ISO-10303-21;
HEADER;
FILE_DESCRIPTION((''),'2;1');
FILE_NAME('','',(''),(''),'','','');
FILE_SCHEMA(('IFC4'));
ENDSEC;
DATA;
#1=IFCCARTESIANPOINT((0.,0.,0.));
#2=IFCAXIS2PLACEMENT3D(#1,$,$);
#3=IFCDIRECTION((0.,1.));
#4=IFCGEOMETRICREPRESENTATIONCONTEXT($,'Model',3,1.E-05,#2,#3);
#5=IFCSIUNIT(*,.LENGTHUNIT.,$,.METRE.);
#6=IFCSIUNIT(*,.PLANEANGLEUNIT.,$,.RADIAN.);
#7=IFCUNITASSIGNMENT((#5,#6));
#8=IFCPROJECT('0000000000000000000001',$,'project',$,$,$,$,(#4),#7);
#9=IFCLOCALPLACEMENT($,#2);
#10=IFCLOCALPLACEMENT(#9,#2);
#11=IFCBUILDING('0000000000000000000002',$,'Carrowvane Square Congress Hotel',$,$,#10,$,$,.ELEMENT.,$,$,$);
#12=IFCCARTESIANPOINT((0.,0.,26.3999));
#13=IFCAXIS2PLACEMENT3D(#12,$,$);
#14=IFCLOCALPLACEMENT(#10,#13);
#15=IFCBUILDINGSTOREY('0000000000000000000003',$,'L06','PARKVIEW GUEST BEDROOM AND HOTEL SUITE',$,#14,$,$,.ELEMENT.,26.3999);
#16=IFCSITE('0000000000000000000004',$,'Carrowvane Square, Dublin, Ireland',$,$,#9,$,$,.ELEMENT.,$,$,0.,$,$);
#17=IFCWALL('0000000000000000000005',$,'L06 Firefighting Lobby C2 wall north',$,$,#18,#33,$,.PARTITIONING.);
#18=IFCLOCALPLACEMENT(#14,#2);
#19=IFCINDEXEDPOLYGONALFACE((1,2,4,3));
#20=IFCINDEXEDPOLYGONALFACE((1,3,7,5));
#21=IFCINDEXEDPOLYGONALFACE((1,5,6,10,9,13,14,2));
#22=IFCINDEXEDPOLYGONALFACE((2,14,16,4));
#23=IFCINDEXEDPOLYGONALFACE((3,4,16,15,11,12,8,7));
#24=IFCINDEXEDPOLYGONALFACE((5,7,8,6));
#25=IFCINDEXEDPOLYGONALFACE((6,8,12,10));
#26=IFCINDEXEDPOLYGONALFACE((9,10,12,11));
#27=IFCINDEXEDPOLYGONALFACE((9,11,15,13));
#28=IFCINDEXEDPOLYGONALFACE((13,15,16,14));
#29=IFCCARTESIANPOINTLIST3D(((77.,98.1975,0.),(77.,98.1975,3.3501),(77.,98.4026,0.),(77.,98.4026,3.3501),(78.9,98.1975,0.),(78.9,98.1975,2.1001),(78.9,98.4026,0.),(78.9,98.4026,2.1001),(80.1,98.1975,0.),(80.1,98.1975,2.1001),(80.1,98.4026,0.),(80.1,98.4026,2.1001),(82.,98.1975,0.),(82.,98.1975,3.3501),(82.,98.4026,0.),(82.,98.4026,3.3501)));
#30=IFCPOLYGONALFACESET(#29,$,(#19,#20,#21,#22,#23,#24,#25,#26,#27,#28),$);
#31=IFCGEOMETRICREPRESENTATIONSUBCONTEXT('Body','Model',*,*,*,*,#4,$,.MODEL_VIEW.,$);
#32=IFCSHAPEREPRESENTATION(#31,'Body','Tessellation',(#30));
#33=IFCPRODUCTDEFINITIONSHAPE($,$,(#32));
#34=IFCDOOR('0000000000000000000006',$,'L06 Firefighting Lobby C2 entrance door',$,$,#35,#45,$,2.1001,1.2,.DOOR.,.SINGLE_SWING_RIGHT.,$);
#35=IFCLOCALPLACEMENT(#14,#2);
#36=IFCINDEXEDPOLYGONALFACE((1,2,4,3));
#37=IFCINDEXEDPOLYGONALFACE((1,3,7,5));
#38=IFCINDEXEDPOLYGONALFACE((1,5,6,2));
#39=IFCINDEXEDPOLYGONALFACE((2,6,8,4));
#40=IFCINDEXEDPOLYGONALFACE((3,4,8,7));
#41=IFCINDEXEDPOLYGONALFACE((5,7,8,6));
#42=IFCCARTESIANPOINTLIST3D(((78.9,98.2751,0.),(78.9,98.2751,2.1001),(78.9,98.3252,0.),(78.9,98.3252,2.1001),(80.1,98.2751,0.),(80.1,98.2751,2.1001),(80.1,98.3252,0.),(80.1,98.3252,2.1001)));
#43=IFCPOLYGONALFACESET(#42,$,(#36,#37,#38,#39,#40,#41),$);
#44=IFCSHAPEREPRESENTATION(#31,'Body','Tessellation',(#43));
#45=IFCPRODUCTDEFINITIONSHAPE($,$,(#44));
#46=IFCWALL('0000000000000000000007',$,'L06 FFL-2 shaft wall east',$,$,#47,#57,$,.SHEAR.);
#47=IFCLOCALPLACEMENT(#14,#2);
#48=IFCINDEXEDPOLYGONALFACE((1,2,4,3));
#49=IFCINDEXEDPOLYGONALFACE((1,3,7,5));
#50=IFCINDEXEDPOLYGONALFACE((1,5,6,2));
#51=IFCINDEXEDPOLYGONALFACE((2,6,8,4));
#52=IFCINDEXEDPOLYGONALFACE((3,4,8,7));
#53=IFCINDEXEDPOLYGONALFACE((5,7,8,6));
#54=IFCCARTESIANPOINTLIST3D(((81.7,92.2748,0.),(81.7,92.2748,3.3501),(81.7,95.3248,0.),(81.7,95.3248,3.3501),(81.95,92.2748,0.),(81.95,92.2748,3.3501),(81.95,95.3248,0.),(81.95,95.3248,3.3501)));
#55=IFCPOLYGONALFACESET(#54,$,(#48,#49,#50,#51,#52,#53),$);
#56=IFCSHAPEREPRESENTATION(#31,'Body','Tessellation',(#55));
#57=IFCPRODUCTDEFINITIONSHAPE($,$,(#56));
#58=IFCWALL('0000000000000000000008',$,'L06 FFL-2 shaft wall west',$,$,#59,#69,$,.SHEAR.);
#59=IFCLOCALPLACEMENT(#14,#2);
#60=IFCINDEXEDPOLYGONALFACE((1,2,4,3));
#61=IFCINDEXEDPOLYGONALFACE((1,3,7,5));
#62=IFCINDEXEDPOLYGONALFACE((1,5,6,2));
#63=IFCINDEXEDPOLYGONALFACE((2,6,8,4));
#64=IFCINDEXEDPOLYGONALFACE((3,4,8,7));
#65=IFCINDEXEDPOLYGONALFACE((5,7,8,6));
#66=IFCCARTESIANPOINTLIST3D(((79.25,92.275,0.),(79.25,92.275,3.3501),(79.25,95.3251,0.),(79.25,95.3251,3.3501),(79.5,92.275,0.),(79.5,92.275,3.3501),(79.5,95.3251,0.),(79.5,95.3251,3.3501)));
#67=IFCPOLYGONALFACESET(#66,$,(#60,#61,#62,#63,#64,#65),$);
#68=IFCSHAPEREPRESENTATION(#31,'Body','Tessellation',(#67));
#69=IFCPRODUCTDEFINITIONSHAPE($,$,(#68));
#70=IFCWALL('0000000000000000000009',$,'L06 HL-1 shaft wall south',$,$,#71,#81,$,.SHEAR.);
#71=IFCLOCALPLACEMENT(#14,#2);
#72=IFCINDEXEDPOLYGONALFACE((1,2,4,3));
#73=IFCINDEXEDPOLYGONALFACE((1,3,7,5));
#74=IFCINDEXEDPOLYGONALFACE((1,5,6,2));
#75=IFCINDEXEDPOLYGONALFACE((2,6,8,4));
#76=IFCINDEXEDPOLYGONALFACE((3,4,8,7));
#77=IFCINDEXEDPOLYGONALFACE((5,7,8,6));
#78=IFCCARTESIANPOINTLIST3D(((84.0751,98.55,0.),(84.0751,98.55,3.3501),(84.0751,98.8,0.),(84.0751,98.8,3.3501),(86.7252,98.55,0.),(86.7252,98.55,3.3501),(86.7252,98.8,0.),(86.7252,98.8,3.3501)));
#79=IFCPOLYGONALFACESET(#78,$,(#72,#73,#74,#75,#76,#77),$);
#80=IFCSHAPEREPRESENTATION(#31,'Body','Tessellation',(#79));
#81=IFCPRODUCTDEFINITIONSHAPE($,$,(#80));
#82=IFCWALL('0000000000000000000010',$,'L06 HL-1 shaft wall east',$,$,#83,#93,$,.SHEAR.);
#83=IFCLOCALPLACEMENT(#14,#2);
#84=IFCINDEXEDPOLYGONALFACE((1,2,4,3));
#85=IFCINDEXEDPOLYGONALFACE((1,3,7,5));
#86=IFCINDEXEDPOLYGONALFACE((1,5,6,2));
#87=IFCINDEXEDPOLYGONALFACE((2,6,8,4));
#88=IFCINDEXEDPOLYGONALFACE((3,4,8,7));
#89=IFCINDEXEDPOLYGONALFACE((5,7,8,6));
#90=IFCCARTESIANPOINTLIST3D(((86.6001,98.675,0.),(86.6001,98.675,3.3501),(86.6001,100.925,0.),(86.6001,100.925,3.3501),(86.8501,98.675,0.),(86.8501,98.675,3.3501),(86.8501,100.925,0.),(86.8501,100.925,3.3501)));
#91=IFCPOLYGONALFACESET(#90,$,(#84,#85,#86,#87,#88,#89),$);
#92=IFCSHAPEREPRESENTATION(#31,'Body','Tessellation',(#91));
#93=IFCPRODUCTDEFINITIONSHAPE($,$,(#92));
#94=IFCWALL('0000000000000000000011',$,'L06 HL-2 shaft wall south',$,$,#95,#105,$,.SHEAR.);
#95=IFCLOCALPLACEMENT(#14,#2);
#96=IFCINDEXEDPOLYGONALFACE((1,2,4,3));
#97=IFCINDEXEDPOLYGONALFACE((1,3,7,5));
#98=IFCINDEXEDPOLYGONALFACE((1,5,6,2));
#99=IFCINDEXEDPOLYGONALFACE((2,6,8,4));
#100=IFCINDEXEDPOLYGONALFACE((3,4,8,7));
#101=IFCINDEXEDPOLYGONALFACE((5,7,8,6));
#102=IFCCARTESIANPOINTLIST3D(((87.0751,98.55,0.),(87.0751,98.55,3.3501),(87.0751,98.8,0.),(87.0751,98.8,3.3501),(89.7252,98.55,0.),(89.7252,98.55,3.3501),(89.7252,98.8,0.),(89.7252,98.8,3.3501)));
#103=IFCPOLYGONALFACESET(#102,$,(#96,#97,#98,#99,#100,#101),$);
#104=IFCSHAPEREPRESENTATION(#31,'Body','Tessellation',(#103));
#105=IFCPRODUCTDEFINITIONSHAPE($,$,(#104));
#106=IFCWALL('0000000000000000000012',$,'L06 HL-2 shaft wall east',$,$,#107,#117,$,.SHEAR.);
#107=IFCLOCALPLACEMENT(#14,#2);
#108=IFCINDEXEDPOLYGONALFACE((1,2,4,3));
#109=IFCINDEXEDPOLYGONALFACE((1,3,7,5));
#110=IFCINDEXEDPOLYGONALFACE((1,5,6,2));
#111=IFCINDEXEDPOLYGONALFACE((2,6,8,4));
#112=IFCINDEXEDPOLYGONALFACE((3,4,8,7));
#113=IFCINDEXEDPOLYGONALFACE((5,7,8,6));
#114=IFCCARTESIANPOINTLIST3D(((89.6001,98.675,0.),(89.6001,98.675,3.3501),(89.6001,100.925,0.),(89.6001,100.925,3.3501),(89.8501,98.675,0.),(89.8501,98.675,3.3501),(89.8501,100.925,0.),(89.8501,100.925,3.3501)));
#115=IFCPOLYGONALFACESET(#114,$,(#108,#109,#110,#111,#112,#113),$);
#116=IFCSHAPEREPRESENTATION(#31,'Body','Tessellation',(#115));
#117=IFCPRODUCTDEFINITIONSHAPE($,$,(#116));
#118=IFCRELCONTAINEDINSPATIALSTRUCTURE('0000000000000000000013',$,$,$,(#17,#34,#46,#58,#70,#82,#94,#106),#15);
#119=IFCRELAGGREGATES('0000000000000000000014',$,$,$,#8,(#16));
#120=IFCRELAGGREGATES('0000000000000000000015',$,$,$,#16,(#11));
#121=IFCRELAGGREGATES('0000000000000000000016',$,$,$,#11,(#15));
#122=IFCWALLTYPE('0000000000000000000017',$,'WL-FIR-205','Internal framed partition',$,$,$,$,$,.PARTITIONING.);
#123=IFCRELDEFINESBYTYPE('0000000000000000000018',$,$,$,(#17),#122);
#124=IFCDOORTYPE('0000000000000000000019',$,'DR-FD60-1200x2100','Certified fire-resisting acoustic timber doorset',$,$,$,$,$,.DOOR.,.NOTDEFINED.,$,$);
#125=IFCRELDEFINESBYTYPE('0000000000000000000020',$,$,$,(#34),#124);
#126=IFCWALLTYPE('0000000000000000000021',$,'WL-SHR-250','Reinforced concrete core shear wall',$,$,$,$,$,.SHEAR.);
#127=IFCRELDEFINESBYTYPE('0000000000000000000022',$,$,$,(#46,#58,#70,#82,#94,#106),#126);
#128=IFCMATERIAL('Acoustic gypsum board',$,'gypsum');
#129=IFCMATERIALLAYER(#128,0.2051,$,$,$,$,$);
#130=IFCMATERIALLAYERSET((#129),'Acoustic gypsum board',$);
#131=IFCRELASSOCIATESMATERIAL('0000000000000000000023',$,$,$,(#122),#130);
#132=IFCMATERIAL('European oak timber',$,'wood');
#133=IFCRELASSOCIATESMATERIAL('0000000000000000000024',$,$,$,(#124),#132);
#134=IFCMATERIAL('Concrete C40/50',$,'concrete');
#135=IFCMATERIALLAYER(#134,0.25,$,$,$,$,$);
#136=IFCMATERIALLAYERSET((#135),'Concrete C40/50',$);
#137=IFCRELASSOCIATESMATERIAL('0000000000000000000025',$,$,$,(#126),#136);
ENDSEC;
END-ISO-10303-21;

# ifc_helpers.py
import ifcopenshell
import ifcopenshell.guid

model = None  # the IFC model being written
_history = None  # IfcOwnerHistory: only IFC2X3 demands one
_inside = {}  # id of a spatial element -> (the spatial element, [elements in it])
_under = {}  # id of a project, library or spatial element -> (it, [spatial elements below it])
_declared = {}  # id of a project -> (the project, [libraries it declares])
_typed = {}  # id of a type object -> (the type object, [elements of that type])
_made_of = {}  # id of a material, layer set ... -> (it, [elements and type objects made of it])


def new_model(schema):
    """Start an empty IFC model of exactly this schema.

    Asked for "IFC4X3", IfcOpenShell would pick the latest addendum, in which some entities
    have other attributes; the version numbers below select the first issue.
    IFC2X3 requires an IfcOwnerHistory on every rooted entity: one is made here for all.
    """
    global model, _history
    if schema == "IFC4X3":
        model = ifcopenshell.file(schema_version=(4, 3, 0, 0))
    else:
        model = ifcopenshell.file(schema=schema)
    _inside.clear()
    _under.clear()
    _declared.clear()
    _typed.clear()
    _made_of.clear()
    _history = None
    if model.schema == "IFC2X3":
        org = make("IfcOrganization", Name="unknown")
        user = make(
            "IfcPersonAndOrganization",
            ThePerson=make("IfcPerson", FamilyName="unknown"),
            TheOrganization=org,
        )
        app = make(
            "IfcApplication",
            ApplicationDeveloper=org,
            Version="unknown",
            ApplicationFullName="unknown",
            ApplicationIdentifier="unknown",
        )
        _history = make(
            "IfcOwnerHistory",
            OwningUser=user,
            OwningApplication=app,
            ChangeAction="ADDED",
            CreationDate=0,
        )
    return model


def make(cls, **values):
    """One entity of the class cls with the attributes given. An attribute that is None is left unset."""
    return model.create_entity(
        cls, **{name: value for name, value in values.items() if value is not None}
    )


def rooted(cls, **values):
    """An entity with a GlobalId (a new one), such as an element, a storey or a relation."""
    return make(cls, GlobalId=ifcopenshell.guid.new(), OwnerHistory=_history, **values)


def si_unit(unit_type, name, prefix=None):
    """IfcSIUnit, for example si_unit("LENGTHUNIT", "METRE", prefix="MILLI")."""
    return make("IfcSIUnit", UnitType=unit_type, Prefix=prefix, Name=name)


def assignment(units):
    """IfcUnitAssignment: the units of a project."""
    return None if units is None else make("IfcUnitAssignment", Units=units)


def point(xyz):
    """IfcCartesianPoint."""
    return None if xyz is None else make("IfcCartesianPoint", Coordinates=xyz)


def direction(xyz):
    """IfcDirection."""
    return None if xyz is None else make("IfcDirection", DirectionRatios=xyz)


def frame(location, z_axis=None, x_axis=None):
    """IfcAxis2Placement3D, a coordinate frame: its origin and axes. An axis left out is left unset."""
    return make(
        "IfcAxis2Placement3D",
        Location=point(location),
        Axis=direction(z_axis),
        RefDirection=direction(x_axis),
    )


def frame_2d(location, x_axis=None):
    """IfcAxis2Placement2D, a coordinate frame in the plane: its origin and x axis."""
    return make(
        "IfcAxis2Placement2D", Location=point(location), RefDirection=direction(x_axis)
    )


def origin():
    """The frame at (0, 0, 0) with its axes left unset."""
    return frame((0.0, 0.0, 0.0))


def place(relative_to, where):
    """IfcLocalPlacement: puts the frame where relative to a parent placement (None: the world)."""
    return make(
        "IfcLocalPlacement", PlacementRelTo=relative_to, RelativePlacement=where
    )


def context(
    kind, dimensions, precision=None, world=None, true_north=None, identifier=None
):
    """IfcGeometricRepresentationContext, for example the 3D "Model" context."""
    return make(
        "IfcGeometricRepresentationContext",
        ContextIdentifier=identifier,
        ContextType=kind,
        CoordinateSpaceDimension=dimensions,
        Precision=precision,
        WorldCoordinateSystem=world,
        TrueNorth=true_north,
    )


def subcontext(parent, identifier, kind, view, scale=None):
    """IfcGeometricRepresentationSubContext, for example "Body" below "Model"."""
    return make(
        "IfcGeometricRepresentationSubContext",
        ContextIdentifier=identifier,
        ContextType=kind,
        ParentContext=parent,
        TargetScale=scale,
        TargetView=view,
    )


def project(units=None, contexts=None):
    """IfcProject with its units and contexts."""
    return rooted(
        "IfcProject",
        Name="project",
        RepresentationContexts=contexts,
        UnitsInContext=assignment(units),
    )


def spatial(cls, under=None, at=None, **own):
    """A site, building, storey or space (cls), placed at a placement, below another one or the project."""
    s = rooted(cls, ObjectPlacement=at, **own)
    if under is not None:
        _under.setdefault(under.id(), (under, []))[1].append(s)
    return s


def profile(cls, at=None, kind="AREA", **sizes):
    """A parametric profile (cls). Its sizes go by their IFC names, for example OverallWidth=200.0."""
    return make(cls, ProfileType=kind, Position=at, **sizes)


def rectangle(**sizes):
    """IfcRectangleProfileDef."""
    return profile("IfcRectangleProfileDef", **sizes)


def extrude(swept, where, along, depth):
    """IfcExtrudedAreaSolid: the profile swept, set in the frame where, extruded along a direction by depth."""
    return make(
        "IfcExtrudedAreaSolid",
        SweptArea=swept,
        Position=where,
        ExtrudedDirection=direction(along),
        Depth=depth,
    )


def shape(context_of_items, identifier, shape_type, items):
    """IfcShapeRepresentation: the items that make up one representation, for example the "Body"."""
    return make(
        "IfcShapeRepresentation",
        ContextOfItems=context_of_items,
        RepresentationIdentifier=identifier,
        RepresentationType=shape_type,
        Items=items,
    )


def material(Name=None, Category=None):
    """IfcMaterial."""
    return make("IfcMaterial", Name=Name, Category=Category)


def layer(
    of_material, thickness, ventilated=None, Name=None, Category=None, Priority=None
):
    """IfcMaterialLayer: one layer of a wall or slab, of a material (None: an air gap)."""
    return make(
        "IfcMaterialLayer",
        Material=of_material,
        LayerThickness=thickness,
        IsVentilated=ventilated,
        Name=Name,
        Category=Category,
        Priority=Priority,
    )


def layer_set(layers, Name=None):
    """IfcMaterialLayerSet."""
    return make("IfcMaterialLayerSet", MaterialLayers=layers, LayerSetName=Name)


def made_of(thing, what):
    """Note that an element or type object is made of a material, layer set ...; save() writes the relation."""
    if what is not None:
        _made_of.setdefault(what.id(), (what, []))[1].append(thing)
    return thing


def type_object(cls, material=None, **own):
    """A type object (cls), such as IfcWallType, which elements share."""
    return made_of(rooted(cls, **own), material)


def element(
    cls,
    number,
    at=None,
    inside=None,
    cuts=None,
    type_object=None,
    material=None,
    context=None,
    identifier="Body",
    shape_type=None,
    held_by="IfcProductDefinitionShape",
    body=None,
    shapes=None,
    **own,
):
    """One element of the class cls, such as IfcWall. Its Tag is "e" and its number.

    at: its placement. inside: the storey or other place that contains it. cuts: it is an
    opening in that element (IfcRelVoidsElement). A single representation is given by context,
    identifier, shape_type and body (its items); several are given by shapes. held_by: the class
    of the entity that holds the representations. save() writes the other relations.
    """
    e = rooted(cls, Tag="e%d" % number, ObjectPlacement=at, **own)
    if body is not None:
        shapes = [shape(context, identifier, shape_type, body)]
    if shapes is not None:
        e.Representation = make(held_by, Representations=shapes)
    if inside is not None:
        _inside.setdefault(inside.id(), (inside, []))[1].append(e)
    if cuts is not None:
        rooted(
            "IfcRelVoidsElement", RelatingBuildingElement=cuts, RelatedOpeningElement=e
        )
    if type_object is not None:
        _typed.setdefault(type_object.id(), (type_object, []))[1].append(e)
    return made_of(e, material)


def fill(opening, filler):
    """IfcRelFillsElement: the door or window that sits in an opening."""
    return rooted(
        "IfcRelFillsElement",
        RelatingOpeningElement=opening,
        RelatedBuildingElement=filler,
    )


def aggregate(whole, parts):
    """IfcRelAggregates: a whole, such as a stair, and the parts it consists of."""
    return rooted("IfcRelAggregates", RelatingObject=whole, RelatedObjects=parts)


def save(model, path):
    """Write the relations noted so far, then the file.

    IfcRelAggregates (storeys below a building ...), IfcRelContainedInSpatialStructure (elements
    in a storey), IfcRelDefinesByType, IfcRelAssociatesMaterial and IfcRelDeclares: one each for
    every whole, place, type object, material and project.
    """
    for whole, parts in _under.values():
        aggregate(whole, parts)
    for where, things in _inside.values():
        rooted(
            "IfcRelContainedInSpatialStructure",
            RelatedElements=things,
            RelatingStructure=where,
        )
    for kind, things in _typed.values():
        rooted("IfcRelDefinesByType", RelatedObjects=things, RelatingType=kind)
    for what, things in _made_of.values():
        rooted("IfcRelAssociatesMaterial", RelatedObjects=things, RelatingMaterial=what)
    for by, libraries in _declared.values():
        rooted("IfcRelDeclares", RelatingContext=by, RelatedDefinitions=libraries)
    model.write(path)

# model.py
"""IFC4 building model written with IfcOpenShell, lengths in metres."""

from ifc_helpers import new_model, si_unit, direction, frame, frame_2d, origin, place, context, subcontext, project, spatial, rectangle, extrude, material, layer, layer_set, type_object, element, fill, save


model = new_model("IFC4")

# Units and contexts
model_context = context("Model", 3, precision=1e-05, world=origin(), true_north=direction((0.0, 1.0)))
body_context = subcontext(model_context, "Body", "Model", "MODEL_VIEW")
ifc_project = project(units=[si_unit("LENGTHUNIT", "METRE"), si_unit("PLANEANGLEUNIT", "RADIAN")], contexts=[model_context])

# Site, building, storey
site_placement = place(None, origin())
site = spatial("IfcSite", under=ifc_project, at=site_placement, Name="Carrowvane Square, Dublin, Ireland", CompositionType="ELEMENT", RefElevation=0.0)
building_placement = place(site_placement, origin())
building = spatial("IfcBuilding", under=site, at=building_placement, Name="Carrowvane Square Congress Hotel", CompositionType="ELEMENT")
storey_placement = place(building_placement, frame((0.0, 0.0, 26.3999)))
storey = spatial("IfcBuildingStorey", under=building, at=storey_placement, Name="L06", Description="PARKVIEW GUEST BEDROOM AND HOTEL SUITE", CompositionType="ELEMENT", Elevation=26.3999)

# Shared definitions
ifc_material_1 = material(Name="Acoustic gypsum board", Category="gypsum")
ifc_layer_1 = layer(ifc_material_1, 0.2051)
ifc_layer_set_1 = layer_set([ifc_layer_1], Name="Acoustic gypsum board")
wall_type_1 = type_object("IfcWallType", Name="WL-FIR-205", Description="Internal framed partition", PredefinedType="PARTITIONING", material=ifc_layer_set_1)

# Wall, opening, door
wall_1_placement = place(storey_placement, frame((82.0, 98.3, 0.0), z_axis=(0.0, 0.0, 1.0), x_axis=(-1.0, 0.0, 0.0)))
wall_1 = element("IfcWall", 1, at=wall_1_placement, inside=storey, type_object=wall_type_1, Name="L06 Firefighting Lobby C2 wall north", PredefinedType="PARTITIONING", context=body_context, shape_type="SweptSolid", body=[
    extrude(rectangle(XDim=5.0, YDim=0.2051, at=frame_2d((2.5, 0.0))), origin(), (0.0, 0.0, 1.0), 3.3501),
])
opening_1_placement = place(wall_1_placement, frame((1.8999, 0.0, 0.0)))
opening_1 = element("IfcOpeningElement", 2, at=opening_1_placement, cuts=wall_1, PredefinedType="OPENING", context=body_context, shape_type="SweptSolid", body=[
    extrude(rectangle(XDim=1.2, YDim=2.1001, at=frame_2d((0.6001, 1.05))), frame((0.0, 0.1125, 0.0), z_axis=(0.0, -1.0, 0.0), x_axis=(1.0, 0.0, 0.0)), (0.0, 0.0, 1.0), 0.2251),
])
ifc_material_2 = material(Name="European oak timber", Category="wood")
door_type_1 = type_object("IfcDoorType", Name="DR-FD60-1200x2100", Description="Certified fire-resisting acoustic timber doorset", OperationType="NOTDEFINED", PredefinedType="DOOR", material=ifc_material_2)
door_1_placement = place(opening_1_placement, origin())
door_1 = element("IfcDoor", 3, at=door_1_placement, inside=storey, type_object=door_type_1, Name="L06 Firefighting Lobby C2 entrance door", OperationType="SINGLE_SWING_RIGHT", OverallHeight=2.1001, OverallWidth=1.2, PredefinedType="DOOR", context=body_context, shape_type="SweptSolid", body=[
    extrude(rectangle(XDim=1.2, YDim=2.1001, at=frame_2d((0.6001, 1.05))), frame((0.0, 0.0249, 0.0), z_axis=(0.0, -1.0, 0.0), x_axis=(1.0, 0.0, 0.0)), (0.0, 0.0, 1.0), 0.05),
])
fill(opening_1, door_1)

# Wall
ifc_material_3 = material(Name="Concrete C40/50", Category="concrete")
ifc_layer_2 = layer(ifc_material_3, 0.25)
ifc_layer_set_2 = layer_set([ifc_layer_2], Name="Concrete C40/50")
wall_type_2 = type_object("IfcWallType", Name="WL-SHR-250", Description="Reinforced concrete core shear wall", PredefinedType="SHEAR", material=ifc_layer_set_2)
wall_2_placement = place(storey_placement, frame((81.825, 92.2749, 0.0), z_axis=(0.0, 0.0, 1.0), x_axis=(0.0, 1.0, 0.0)))
element("IfcWall", 4, at=wall_2_placement, inside=storey, type_object=wall_type_2, Name="L06 FFL-2 shaft wall east", PredefinedType="SHEAR", context=body_context, shape_type="SweptSolid", body=[
    extrude(rectangle(XDim=3.05, YDim=0.25, at=frame_2d((1.5249, 0.0))), origin(), (0.0, 0.0, 1.0), 3.3501),
])

# Walls
wall_3_placement = place(storey_placement, frame((79.375, 95.325, 0.0), z_axis=(0.0, 0.0, 1.0), x_axis=(0.0, -1.0, 0.0)))
element("IfcWall", 5, at=wall_3_placement, inside=storey, type_object=wall_type_2, Name="L06 FFL-2 shaft wall west", PredefinedType="SHEAR", context=body_context, shape_type="SweptSolid", body=[
    extrude(rectangle(XDim=3.05, YDim=0.25, at=frame_2d((1.5249, 0.0))), origin(), (0.0, 0.0, 1.0), 3.3501),
])
wall_4_placement = place(storey_placement, frame((84.075, 98.675, 0.0), z_axis=(0.0, 0.0, 1.0), x_axis=(1.0, 0.0, 0.0)))
element("IfcWall", 6, at=wall_4_placement, inside=storey, type_object=wall_type_2, Name="L06 HL-1 shaft wall south", PredefinedType="SHEAR", context=body_context, shape_type="SweptSolid", body=[
    extrude(rectangle(XDim=2.6501, YDim=0.25, at=frame_2d((1.3252, 0.0))), origin(), (0.0, 0.0, 1.0), 3.3501),
])
wall_5_placement = place(storey_placement, frame((86.7251, 98.675, 0.0), z_axis=(0.0, 0.0, 1.0), x_axis=(0.0, 1.0, 0.0)))
element("IfcWall", 7, at=wall_5_placement, inside=storey, type_object=wall_type_2, Name="L06 HL-1 shaft wall east", PredefinedType="SHEAR", context=body_context, shape_type="SweptSolid", body=[
    extrude(rectangle(XDim=2.25, YDim=0.25, at=frame_2d((1.125, 0.0))), origin(), (0.0, 0.0, 1.0), 3.3501),
])
wall_6_placement = place(storey_placement, frame((87.075, 98.675, 0.0), z_axis=(0.0, 0.0, 1.0), x_axis=(1.0, 0.0, 0.0)))
element("IfcWall", 8, at=wall_6_placement, inside=storey, type_object=wall_type_2, Name="L06 HL-2 shaft wall south", PredefinedType="SHEAR", context=body_context, shape_type="SweptSolid", body=[
    extrude(rectangle(XDim=2.6501, YDim=0.25, at=frame_2d((1.3252, 0.0))), origin(), (0.0, 0.0, 1.0), 3.3501),
])
wall_7_placement = place(storey_placement, frame((89.7251, 98.675, 0.0), z_axis=(0.0, 0.0, 1.0), x_axis=(0.0, 1.0, 0.0)))
element("IfcWall", 9, at=wall_7_placement, inside=storey, type_object=wall_type_2, Name="L06 HL-2 shaft wall east", PredefinedType="SHEAR", context=body_context, shape_type="SweptSolid", body=[
    extrude(rectangle(XDim=2.25, YDim=0.25, at=frame_2d((1.125, 0.0))), origin(), (0.0, 0.0, 1.0), 3.3501),
])

save(model, "model.ifc")
